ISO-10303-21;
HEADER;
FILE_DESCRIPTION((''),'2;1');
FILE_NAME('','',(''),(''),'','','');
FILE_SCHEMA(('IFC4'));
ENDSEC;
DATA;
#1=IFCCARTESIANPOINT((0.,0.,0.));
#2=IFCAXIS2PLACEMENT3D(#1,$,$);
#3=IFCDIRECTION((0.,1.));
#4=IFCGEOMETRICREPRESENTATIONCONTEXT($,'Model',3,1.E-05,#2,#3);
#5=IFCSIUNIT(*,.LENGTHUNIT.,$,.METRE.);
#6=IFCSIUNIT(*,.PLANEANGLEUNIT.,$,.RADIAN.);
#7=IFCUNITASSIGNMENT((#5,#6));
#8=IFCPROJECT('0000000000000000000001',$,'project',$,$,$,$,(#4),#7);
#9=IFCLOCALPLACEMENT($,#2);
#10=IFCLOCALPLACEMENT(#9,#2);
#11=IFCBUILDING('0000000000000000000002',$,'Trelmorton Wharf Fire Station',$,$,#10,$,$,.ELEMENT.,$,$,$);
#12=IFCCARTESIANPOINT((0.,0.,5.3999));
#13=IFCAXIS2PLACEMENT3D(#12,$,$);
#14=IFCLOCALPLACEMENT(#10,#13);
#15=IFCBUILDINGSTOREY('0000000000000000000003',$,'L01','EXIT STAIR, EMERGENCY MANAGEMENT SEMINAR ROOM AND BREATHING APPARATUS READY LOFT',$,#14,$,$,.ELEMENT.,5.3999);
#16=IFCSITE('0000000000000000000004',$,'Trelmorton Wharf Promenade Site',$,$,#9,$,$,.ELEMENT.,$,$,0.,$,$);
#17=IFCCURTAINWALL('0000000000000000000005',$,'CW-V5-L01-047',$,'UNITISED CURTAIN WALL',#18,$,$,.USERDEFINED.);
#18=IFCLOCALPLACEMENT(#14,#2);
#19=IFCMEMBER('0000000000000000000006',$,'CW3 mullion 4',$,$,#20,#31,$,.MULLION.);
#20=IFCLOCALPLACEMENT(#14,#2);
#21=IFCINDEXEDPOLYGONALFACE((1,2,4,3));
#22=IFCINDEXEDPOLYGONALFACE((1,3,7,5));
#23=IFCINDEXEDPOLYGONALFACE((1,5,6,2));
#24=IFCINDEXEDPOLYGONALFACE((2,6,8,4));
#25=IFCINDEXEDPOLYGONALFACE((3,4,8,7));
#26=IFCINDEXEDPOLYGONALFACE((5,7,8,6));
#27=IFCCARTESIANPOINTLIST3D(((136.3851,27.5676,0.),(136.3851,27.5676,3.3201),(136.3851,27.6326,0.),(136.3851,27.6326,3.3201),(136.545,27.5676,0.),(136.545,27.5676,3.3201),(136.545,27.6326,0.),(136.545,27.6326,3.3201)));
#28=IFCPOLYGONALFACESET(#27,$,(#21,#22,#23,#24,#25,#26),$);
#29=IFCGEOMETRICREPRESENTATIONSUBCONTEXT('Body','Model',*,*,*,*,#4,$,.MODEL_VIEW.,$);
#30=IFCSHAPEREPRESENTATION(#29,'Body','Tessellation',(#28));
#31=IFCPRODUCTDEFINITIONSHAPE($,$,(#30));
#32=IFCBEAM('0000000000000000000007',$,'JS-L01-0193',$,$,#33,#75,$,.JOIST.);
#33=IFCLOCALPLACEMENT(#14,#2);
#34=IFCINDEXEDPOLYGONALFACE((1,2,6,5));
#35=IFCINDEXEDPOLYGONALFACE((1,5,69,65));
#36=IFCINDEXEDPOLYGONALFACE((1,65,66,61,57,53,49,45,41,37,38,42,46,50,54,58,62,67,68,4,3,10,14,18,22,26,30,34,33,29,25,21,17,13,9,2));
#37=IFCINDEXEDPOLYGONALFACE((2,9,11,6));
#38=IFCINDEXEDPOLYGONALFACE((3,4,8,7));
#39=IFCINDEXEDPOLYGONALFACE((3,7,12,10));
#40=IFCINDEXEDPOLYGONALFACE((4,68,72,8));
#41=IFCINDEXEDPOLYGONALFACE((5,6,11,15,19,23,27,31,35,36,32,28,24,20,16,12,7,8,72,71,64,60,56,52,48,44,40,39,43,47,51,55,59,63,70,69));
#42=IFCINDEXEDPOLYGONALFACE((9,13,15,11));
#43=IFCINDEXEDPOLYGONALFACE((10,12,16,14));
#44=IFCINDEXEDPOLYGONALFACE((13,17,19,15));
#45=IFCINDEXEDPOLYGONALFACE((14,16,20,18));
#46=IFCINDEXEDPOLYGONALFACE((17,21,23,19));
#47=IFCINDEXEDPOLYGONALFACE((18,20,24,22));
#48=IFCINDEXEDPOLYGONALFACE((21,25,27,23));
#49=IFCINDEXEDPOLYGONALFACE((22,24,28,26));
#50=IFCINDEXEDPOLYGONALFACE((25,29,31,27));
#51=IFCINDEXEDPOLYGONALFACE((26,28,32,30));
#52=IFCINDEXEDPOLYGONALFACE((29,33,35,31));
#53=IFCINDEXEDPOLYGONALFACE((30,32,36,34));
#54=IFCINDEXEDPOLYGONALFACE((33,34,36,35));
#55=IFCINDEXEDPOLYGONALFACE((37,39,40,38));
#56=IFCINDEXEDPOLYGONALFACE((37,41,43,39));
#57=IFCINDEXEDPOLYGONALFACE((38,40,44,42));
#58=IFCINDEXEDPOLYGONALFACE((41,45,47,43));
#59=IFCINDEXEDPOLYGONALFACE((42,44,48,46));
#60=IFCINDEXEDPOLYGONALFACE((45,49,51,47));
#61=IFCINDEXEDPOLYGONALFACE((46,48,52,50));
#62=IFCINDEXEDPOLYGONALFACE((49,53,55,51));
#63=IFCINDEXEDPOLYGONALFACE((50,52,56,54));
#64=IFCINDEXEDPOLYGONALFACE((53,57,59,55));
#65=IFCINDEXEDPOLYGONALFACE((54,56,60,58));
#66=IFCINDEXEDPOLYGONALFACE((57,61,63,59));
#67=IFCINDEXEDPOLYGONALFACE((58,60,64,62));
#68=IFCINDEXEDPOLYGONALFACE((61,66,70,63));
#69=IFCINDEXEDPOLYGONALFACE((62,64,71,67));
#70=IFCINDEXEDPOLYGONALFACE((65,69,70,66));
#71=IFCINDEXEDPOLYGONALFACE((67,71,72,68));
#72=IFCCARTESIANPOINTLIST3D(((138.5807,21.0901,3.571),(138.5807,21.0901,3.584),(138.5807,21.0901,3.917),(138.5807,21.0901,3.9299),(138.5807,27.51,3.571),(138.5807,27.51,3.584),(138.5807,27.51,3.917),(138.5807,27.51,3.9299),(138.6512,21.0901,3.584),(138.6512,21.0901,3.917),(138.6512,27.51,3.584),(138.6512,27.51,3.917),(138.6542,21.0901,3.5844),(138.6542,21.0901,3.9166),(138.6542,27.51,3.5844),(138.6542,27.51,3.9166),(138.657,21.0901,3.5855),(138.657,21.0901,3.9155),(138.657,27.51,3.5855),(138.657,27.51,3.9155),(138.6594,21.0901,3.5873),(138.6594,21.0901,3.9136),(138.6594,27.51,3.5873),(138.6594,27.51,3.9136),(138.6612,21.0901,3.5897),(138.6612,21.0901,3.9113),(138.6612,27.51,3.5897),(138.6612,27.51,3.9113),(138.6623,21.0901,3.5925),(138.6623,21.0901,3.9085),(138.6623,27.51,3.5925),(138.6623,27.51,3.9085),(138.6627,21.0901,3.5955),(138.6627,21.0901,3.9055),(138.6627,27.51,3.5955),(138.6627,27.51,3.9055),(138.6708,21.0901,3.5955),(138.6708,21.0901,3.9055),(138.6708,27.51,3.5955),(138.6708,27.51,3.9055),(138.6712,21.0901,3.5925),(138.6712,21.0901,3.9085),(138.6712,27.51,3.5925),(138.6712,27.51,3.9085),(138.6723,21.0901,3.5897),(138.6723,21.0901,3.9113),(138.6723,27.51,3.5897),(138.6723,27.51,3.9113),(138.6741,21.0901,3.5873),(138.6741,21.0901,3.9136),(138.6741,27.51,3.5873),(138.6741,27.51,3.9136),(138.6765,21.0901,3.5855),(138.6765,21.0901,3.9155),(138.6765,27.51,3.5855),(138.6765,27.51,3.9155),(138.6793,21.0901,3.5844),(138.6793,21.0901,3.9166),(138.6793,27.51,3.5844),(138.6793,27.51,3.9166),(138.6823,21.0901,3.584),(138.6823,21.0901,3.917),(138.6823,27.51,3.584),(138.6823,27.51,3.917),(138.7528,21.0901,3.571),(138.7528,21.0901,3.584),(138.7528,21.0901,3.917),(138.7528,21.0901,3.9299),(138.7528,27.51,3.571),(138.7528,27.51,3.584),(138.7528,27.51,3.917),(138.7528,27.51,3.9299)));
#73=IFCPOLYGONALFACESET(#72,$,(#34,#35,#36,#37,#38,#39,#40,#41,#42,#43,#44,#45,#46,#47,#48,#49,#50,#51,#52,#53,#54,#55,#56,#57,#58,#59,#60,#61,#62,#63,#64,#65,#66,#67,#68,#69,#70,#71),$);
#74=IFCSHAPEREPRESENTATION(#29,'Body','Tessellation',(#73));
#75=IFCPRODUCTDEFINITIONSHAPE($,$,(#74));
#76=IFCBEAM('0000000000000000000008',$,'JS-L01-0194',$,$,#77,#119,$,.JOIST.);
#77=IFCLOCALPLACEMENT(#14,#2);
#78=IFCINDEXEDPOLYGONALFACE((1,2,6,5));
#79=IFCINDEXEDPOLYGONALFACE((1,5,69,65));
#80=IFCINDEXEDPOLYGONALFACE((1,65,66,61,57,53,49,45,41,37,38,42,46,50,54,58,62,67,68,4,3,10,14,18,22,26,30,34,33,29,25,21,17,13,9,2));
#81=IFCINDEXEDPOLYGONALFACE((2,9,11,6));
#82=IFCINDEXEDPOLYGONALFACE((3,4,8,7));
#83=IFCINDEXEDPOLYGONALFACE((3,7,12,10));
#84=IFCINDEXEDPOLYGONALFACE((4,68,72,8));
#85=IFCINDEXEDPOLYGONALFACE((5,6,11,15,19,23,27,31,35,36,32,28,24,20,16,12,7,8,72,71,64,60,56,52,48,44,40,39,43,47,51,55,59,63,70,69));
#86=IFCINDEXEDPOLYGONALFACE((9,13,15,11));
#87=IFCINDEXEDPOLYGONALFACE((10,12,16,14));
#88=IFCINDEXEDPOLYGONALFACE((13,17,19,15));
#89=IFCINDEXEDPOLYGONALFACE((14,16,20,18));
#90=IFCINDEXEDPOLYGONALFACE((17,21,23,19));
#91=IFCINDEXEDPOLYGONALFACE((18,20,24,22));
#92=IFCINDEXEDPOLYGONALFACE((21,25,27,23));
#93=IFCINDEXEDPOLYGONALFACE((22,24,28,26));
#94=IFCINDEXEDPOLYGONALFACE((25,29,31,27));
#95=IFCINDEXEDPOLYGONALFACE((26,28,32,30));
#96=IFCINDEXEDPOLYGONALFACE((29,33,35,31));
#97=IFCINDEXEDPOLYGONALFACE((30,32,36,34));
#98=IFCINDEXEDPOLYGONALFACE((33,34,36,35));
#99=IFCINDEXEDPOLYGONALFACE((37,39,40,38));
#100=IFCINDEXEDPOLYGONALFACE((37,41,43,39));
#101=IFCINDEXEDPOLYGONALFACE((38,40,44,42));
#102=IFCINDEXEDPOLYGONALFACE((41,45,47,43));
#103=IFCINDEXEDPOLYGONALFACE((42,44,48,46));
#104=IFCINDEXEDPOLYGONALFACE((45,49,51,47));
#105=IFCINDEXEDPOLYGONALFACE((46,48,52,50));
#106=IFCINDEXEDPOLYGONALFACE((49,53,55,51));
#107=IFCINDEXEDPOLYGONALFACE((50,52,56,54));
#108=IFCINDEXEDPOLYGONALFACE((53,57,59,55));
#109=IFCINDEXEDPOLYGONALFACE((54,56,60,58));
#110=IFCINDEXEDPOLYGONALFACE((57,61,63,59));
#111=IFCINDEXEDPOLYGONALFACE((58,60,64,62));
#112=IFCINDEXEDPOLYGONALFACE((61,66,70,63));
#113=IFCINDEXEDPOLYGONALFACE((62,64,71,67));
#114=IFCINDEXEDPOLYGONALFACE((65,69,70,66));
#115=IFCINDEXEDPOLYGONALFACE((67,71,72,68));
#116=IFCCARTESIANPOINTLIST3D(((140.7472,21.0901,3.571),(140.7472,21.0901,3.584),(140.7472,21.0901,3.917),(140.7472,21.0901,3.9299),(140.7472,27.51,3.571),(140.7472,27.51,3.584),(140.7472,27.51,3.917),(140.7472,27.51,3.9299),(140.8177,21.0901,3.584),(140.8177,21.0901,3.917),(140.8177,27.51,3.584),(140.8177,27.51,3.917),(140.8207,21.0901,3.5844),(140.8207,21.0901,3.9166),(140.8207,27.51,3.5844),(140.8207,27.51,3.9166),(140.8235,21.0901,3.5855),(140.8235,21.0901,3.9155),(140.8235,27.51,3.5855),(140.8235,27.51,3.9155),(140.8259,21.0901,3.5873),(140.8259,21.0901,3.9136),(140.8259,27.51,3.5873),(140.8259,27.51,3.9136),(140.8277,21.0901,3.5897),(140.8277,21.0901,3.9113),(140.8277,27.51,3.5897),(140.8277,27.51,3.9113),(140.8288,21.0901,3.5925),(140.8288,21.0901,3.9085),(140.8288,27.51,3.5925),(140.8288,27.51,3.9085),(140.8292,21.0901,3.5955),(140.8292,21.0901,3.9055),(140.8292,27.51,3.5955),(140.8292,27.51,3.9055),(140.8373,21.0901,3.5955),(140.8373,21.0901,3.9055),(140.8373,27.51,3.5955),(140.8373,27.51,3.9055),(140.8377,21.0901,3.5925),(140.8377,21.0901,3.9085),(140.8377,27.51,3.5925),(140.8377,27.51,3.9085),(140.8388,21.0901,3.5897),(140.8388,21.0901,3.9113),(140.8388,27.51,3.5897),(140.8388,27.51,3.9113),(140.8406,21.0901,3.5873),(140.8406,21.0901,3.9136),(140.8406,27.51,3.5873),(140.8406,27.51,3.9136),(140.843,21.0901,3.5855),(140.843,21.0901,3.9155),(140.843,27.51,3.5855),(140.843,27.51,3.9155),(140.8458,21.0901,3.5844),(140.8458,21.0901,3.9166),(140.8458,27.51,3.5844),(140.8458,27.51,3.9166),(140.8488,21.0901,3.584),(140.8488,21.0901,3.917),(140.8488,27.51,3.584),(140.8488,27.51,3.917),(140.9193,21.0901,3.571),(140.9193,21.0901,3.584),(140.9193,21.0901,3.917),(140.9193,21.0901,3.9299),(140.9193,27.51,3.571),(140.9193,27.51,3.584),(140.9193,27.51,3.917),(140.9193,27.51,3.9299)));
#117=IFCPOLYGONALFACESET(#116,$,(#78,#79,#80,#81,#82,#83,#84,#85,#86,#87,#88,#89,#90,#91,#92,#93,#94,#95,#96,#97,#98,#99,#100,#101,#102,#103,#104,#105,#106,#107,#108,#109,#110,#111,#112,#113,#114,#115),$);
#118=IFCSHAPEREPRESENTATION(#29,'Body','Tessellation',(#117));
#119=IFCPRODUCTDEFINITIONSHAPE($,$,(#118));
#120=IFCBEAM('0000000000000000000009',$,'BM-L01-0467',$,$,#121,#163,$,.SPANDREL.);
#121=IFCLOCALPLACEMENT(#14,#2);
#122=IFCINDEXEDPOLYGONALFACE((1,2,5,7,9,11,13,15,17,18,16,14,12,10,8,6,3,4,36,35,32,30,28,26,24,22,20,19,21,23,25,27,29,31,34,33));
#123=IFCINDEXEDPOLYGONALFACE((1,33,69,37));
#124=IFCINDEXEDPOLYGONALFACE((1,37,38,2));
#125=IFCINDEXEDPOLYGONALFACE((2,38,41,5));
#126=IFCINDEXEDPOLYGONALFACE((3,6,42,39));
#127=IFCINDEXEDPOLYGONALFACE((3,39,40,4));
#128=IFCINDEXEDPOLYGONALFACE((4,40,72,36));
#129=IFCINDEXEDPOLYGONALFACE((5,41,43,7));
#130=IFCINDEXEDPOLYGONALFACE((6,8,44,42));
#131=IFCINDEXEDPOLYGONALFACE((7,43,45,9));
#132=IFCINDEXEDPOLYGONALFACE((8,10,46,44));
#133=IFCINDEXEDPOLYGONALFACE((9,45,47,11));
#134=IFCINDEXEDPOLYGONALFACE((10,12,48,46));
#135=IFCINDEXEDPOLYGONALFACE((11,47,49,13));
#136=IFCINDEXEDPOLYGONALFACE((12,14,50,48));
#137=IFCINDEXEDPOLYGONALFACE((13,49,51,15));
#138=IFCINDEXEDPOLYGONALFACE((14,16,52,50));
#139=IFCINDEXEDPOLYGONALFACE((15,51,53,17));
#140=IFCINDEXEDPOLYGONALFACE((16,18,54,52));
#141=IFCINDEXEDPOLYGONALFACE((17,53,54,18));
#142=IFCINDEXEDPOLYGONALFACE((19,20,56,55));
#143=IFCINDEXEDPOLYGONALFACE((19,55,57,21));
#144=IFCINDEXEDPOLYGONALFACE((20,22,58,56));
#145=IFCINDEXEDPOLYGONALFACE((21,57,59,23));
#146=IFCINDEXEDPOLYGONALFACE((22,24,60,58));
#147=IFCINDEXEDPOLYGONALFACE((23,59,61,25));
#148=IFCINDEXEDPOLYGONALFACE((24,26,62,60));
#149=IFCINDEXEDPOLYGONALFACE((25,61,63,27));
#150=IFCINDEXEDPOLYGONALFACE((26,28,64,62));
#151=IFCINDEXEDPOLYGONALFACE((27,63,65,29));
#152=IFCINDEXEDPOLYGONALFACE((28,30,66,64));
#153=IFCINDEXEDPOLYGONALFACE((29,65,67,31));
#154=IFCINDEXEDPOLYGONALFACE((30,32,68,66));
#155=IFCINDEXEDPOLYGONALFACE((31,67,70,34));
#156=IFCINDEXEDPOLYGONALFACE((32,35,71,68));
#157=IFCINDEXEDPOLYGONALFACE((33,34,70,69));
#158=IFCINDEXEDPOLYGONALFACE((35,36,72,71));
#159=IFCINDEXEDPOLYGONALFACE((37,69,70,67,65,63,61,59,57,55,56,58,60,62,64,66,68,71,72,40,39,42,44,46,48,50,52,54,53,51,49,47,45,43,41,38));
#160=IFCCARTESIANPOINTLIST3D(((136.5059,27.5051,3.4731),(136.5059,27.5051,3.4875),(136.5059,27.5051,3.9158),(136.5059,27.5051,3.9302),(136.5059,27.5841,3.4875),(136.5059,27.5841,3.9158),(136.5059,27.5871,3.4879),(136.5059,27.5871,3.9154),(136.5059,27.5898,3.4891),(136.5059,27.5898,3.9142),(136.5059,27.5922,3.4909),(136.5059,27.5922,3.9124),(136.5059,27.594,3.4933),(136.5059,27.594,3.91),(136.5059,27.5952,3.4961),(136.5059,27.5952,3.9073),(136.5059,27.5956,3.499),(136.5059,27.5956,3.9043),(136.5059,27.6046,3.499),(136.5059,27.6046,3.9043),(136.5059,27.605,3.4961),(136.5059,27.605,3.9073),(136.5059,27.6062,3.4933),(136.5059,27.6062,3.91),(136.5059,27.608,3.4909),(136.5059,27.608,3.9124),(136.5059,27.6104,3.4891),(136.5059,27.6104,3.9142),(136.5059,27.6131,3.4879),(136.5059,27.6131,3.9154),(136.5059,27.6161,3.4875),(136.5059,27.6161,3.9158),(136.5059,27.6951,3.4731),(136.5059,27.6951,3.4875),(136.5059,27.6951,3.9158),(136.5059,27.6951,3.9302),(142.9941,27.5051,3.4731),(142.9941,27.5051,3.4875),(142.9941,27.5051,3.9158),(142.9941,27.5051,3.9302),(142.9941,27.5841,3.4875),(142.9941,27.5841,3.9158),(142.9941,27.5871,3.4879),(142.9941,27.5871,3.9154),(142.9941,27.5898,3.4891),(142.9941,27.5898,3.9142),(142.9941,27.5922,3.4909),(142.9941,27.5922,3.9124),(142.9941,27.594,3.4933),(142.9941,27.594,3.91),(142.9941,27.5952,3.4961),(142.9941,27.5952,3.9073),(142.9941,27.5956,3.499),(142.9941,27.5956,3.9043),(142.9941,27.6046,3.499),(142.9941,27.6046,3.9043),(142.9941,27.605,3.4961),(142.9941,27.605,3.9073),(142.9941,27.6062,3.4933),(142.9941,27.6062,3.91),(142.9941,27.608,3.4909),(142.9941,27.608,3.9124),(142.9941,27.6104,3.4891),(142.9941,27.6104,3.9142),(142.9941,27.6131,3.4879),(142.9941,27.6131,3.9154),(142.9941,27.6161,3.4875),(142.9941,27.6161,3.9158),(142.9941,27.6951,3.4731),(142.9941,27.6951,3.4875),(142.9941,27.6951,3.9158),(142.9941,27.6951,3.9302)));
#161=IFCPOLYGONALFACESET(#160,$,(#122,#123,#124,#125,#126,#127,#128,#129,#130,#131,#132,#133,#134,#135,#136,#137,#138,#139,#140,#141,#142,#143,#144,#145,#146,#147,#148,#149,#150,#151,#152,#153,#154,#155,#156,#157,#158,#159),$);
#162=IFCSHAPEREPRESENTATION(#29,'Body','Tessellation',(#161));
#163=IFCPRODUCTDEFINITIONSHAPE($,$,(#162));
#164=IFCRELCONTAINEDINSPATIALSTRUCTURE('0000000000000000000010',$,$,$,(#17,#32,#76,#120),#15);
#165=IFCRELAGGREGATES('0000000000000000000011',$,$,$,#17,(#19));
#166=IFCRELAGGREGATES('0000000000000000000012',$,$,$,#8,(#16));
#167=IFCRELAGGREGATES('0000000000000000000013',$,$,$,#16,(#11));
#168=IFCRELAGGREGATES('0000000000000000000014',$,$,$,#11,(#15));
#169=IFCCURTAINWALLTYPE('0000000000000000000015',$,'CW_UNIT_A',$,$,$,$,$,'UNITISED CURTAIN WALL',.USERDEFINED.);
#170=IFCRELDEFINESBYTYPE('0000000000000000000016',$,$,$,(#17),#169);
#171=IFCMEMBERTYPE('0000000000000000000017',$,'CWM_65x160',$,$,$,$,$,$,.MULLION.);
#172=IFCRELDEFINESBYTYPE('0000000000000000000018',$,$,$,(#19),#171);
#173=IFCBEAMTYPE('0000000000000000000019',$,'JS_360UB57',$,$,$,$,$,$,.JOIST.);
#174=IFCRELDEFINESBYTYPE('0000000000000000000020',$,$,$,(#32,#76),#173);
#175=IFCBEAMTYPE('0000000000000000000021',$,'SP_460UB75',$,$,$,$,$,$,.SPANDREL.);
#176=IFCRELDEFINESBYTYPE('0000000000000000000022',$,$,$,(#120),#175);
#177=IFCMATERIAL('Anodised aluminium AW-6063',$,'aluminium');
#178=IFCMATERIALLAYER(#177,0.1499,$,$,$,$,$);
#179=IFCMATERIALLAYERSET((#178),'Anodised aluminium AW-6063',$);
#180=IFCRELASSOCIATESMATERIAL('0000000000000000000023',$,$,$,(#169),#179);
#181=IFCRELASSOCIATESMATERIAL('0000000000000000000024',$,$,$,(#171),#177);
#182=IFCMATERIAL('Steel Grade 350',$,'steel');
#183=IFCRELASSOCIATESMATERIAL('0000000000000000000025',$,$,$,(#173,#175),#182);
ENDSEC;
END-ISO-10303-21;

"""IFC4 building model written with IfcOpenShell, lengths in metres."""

from ifc_helpers import new_model, si_unit, direction, frame, origin, origin_2d, place, context, subcontext, project, spatial, rectangle, i_section, extrude, material, layer, layer_set, material_profile, profile_set, type_object, element, aggregate, save


model = new_model("IFC4")

# Units and contexts
model_context = context("Model", 3, precision=1e-05, world=origin(), true_north=direction((0.0, 1.0)))
body_context = subcontext(model_context, "Body", "Model", "MODEL_VIEW")
ifc_project = project(units=[si_unit("LENGTHUNIT", "METRE"), si_unit("PLANEANGLEUNIT", "RADIAN")], contexts=[model_context])

# Site, building, storey
site_placement = place(None, origin())
site = spatial("IfcSite", under=ifc_project, at=site_placement, Name="Trelmorton Wharf Promenade Site", CompositionType="ELEMENT", RefElevation=0.0)
building_placement = place(site_placement, origin())
building = spatial("IfcBuilding", under=site, at=building_placement, Name="Trelmorton Wharf Fire Station", CompositionType="ELEMENT")
storey_placement = place(building_placement, frame((0.0, 0.0, 5.3999)))
storey = spatial("IfcBuildingStorey", under=building, at=storey_placement, Name="L01", Description="EXIT STAIR, EMERGENCY MANAGEMENT SEMINAR ROOM AND BREATHING APPARATUS READY LOFT", CompositionType="ELEMENT", Elevation=5.3999)

# Shared definitions
ifc_material_1 = material(Name="Steel Grade 350", Category="steel")

# Curtain wall, member
ifc_material_2 = material(Name="Anodised aluminium AW-6063", Category="aluminium")
ifc_layer_1 = layer(ifc_material_2, 0.1499)
ifc_layer_set_1 = layer_set([ifc_layer_1], Name="Anodised aluminium AW-6063")
curtain_wall_type = type_object("IfcCurtainWallType", Name="CW_UNIT_A", ElementType="UNITISED CURTAIN WALL", PredefinedType="USERDEFINED", material=ifc_layer_set_1)
curtain_wall_placement = place(storey_placement, origin())
curtain_wall = element("IfcCurtainWall", 1, at=curtain_wall_placement, inside=storey, type_object=curtain_wall_type, Name="CW-V5-L01-047", ObjectType="UNITISED CURTAIN WALL", PredefinedType="USERDEFINED")
ifc_material_profile_1 = material_profile(ifc_material_2, rectangle(XDim=0.0649, YDim=0.1599, at=origin_2d()), Name="ALU-65x160")
ifc_profile_set_1 = profile_set([ifc_material_profile_1], Name="Anodised aluminium AW-6063")
member_type = type_object("IfcMemberType", Name="CWM_65x160", PredefinedType="MULLION", material=ifc_profile_set_1)
member_placement = place(storey_placement, frame((136.4651, 27.6001, 0.0), z_axis=(0.0, 0.0, 1.0), x_axis=(0.0, 1.0, 0.0)))
member = element("IfcMember", 2, at=member_placement, type_object=member_type, Name="CW3 mullion 4", PredefinedType="MULLION", context=body_context, shape_type="SweptSolid", body=[
    extrude(rectangle(XDim=0.0649, YDim=0.1599, at=origin_2d()), origin(), (0.0, 0.0, 1.0), 3.3201),
])
aggregate(curtain_wall, [member])

# Beams
ifc_material_profile_2 = material_profile(ifc_material_1, i_section(OverallWidth=0.1721, OverallDepth=0.3589, WebThickness=0.0081, FlangeThickness=0.0129, FilletRadius=0.0115, at=origin_2d()), Name="360UB56.7")
ifc_profile_set_2 = profile_set([ifc_material_profile_2], Name="Steel Grade 350")
beam_type_1 = type_object("IfcBeamType", Name="JS_360UB57", PredefinedType="JOIST", material=ifc_profile_set_2)
for number, where, z_axis, x_axis, name in (
    (3, (138.6667, 21.0901, 3.7505), (0.0, 1.0, 0.0), (-1.0, 0.0, 0.0), "JS-L01-0193"),
    (4, (140.8333, 21.0901, 3.7505), (0.0, 1.0, 0.0), (-1.0, 0.0, 0.0), "JS-L01-0194"),
):
    element("IfcBeam", number, at=place(storey_placement, frame(where, z_axis=z_axis, x_axis=x_axis)), inside=storey, type_object=beam_type_1, Name=name, PredefinedType="JOIST", context=body_context, shape_type="SweptSolid", body=[
        extrude(i_section(OverallWidth=0.1721, OverallDepth=0.3589, WebThickness=0.0081, FlangeThickness=0.0129, FilletRadius=0.0115, at=origin_2d()), origin(), (0.0, 0.0, 1.0), 6.4199),
    ])
ifc_material_profile_3 = material_profile(ifc_material_1, i_section(OverallWidth=0.1899, OverallDepth=0.457, WebThickness=0.009, FlangeThickness=0.0144, FilletRadius=0.0115, at=origin_2d()), Name="460UB74.6")
ifc_profile_set_3 = profile_set([ifc_material_profile_3], Name="Steel Grade 350")
beam_type_2 = type_object("IfcBeamType", Name="SP_460UB75", PredefinedType="SPANDREL", material=ifc_profile_set_3)
for number, where, z_axis, x_axis, name in (
    (5, (136.5059, 27.6001, 3.7017), (1.0, 0.0, 0.0), (0.0, 1.0, 0.0), "BM-L01-0467"),
):
    element("IfcBeam", number, at=place(storey_placement, frame(where, z_axis=z_axis, x_axis=x_axis)), inside=storey, type_object=beam_type_2, Name=name, PredefinedType="SPANDREL", context=body_context, shape_type="SweptSolid", body=[
        extrude(i_section(OverallWidth=0.1899, OverallDepth=0.457, WebThickness=0.009, FlangeThickness=0.0144, FilletRadius=0.0115, at=origin_2d()), origin(), (0.0, 0.0, 1.0), 6.4883),
    ])

save(model, "model.ifc")
